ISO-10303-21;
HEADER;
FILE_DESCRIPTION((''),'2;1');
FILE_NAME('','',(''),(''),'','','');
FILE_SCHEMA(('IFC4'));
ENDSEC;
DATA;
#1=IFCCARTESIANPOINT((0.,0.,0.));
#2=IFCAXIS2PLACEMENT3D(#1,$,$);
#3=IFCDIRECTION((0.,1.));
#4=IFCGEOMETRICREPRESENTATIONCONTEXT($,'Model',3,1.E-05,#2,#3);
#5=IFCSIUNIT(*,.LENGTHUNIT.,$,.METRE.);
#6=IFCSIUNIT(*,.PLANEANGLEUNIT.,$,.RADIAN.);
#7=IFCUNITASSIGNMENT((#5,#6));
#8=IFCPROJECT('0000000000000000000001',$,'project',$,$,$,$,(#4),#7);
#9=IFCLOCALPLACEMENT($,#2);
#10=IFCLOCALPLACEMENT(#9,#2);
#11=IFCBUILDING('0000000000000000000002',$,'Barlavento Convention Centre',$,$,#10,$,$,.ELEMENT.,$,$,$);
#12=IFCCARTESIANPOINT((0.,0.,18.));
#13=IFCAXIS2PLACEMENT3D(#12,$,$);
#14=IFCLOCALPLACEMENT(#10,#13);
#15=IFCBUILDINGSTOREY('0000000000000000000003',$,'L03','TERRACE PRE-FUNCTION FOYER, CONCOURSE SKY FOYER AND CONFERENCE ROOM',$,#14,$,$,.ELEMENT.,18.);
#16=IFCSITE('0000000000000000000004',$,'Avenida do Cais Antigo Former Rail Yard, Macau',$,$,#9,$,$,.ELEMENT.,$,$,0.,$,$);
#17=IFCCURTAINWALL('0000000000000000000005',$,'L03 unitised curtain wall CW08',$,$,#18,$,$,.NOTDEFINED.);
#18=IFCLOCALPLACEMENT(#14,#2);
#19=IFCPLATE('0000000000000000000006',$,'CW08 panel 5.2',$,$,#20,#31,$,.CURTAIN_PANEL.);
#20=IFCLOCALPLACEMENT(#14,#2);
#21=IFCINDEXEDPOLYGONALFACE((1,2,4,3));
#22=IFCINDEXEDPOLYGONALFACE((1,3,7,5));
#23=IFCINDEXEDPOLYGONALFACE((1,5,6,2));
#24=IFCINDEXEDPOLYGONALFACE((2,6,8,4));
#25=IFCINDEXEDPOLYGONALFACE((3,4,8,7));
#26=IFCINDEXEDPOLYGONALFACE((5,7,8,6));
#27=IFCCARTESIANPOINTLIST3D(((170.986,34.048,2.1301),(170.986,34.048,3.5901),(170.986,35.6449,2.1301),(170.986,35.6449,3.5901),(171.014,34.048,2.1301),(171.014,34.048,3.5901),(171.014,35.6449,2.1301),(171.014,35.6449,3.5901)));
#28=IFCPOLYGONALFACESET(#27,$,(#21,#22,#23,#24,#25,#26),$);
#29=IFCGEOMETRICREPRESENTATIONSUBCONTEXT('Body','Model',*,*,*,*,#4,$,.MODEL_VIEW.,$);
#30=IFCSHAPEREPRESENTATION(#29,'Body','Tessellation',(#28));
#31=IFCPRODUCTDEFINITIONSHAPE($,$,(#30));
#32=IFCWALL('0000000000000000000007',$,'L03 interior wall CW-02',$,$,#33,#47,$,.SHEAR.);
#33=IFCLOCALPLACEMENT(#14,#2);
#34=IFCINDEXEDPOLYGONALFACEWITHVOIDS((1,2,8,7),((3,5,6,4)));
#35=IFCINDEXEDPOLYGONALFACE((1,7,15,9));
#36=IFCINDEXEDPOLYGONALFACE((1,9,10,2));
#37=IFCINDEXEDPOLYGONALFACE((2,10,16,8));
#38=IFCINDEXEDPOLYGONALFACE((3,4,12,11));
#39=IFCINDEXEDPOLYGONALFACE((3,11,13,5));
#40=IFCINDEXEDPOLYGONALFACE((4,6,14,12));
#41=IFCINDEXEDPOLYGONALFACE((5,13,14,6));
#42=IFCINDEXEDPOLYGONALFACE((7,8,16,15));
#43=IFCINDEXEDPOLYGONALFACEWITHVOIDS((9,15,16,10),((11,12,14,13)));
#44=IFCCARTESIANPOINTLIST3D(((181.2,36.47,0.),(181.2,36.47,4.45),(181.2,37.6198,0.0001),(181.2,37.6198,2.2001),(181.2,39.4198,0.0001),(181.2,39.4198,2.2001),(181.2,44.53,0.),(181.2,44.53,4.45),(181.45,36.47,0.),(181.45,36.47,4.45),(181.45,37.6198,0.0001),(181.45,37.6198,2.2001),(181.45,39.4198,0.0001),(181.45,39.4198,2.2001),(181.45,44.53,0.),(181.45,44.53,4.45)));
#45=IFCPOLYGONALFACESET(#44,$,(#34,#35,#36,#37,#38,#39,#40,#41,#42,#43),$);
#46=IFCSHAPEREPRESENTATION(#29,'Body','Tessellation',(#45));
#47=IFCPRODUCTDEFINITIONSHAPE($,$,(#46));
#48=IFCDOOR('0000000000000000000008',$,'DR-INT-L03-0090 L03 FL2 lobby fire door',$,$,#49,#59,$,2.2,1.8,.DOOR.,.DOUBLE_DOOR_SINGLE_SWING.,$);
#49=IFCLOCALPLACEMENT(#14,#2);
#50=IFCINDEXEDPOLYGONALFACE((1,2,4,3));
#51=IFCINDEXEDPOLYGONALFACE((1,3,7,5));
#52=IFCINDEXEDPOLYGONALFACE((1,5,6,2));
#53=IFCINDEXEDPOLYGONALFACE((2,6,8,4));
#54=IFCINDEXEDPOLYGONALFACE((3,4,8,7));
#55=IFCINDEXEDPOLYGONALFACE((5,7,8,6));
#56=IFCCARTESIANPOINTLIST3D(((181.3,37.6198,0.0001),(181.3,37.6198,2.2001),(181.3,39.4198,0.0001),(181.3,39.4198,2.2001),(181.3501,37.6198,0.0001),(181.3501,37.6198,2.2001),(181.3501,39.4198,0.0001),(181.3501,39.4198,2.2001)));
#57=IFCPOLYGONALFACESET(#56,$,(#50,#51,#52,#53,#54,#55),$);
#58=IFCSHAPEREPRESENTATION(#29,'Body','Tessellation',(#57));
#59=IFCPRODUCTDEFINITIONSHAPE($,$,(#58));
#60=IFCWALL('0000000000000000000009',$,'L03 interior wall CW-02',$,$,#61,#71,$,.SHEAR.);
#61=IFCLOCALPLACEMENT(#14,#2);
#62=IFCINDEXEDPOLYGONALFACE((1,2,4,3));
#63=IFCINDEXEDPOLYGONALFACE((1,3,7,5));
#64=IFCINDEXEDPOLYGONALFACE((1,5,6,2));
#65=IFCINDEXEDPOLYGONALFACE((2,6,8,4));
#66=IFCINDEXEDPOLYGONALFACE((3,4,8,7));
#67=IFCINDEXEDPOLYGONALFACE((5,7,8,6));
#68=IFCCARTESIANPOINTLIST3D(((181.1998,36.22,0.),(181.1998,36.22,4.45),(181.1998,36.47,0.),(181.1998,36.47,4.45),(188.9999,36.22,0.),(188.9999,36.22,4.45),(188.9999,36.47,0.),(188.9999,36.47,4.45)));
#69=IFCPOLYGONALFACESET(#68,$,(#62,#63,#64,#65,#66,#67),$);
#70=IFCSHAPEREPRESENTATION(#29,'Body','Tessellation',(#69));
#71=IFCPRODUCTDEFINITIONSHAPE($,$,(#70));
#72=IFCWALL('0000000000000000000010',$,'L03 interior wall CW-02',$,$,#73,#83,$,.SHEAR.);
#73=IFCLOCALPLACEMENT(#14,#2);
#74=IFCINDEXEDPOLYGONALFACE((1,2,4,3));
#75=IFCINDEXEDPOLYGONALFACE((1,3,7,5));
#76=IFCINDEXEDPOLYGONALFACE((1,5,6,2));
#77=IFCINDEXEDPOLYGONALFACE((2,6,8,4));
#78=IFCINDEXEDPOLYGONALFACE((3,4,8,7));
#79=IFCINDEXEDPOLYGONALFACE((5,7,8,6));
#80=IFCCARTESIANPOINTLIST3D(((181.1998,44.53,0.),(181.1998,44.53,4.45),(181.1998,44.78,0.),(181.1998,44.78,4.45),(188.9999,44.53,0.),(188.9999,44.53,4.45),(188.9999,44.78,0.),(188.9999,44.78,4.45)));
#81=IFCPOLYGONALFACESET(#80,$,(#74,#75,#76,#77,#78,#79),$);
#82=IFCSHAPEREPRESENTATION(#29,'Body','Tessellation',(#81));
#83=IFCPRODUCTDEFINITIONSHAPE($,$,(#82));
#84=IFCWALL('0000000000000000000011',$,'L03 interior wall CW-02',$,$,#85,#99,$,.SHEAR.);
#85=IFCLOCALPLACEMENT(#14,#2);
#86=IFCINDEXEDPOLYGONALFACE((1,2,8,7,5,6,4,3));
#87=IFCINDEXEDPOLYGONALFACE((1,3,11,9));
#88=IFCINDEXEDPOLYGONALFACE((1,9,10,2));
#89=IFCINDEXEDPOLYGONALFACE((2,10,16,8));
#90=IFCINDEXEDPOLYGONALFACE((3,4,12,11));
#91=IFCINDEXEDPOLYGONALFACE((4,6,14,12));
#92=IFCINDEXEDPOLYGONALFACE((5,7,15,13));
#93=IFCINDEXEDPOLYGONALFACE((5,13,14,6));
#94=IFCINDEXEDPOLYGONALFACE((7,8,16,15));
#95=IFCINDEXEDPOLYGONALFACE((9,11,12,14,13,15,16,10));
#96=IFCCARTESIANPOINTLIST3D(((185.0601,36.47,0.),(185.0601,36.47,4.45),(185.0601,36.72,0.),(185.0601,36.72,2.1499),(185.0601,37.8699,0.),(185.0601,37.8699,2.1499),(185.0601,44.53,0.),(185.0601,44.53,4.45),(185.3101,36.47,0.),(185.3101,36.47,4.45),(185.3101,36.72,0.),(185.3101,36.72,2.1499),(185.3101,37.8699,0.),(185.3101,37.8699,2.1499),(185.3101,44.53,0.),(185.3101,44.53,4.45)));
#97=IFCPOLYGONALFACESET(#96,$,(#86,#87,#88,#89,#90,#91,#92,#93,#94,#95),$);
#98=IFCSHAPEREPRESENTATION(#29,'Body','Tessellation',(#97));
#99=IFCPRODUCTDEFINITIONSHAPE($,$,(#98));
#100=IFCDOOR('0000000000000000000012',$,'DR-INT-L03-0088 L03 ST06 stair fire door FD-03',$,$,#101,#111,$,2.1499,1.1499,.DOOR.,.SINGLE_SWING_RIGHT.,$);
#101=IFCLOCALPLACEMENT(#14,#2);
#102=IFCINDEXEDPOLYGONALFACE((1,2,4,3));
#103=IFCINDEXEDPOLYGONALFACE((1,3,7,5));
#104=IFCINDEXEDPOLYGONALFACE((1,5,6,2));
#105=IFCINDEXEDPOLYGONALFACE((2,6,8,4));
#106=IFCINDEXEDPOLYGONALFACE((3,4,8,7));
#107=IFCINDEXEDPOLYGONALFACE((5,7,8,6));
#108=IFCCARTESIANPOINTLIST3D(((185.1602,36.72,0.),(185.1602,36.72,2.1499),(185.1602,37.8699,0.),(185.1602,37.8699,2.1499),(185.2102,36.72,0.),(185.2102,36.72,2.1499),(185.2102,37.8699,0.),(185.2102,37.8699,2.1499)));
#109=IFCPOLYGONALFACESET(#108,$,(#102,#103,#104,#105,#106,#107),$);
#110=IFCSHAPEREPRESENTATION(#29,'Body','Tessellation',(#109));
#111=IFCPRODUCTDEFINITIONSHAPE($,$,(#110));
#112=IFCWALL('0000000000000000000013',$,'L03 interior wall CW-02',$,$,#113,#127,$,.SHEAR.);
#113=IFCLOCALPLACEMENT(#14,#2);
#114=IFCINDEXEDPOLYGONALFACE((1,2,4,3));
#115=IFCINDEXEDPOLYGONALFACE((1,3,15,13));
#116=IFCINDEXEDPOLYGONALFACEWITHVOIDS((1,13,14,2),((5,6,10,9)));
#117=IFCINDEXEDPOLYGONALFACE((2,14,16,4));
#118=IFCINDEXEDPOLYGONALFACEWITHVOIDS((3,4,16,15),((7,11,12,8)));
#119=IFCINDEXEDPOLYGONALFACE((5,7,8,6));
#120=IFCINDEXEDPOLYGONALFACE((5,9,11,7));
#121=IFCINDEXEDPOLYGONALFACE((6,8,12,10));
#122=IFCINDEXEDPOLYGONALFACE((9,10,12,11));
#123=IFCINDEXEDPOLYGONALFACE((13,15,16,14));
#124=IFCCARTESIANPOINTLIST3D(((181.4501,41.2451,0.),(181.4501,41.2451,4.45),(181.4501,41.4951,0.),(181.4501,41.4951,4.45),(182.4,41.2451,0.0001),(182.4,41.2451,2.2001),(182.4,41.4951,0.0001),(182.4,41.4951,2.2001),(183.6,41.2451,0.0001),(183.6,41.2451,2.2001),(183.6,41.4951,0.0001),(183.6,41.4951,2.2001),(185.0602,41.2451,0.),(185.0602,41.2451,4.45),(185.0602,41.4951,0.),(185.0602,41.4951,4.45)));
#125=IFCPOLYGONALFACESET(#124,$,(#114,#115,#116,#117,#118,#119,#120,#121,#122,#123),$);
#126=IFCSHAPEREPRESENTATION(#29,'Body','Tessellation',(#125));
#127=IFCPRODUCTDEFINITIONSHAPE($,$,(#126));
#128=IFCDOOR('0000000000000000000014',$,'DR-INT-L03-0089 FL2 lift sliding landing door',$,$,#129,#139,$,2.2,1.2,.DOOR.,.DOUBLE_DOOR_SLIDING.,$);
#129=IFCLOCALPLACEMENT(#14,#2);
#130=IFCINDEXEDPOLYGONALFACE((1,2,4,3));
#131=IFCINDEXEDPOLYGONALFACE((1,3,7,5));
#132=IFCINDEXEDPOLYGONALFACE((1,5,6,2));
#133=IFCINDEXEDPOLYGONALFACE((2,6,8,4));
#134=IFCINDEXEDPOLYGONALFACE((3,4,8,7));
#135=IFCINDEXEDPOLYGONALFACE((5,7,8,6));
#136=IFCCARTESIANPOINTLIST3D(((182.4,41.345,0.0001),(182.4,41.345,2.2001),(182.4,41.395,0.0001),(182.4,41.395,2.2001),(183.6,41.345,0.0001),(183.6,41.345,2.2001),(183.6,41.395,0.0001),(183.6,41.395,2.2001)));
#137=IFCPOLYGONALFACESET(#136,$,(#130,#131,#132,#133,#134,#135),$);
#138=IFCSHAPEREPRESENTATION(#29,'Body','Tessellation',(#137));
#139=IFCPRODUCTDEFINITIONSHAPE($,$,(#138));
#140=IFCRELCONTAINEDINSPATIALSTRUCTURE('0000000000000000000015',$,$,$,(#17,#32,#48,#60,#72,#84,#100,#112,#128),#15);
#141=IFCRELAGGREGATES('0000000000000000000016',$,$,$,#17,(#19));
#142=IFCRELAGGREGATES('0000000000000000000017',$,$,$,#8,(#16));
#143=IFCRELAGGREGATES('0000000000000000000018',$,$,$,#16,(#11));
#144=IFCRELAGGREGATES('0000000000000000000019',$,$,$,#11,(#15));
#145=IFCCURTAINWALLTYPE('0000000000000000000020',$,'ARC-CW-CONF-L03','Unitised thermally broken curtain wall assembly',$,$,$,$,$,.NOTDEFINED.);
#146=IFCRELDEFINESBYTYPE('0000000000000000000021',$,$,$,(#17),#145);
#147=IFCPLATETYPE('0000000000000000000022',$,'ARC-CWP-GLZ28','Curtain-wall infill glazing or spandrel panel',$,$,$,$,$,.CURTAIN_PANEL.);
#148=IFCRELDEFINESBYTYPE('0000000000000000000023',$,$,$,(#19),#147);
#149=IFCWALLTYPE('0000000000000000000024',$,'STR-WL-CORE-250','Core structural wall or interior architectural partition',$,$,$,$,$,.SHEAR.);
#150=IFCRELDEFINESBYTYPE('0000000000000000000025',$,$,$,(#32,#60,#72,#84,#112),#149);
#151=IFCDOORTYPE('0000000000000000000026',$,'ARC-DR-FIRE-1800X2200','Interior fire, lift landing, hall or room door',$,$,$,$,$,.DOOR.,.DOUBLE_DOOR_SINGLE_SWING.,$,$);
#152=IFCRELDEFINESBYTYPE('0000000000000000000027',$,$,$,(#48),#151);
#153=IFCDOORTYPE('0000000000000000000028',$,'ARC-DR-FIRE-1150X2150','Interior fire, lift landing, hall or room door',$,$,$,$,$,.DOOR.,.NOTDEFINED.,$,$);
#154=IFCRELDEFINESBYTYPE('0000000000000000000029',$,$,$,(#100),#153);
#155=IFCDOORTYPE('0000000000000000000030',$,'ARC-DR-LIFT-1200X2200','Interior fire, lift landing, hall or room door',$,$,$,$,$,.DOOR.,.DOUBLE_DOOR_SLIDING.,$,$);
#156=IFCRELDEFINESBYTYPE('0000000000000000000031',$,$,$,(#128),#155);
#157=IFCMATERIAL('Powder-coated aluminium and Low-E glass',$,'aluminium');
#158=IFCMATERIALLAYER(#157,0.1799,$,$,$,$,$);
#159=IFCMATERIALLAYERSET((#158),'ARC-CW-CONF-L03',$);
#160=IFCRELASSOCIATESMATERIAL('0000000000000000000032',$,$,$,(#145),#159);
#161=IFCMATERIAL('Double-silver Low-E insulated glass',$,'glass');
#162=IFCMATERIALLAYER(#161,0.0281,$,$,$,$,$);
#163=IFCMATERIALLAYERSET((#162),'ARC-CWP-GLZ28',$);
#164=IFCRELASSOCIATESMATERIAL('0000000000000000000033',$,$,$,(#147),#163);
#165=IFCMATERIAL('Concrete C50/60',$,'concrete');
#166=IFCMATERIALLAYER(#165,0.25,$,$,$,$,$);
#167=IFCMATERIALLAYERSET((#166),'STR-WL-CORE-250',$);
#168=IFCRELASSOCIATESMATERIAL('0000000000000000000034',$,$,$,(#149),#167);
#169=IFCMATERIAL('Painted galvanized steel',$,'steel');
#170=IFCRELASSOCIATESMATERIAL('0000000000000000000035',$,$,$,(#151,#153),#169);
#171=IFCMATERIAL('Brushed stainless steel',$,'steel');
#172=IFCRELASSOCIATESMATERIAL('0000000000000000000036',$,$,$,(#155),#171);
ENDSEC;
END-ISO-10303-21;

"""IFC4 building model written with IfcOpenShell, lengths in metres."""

from ifc_helpers import new_model, si_unit, direction, frame, frame_2d, origin, origin_2d, place, context, subcontext, project, spatial, rectangle, extrude, material, layer, layer_set, type_object, element, fill, aggregate, save


model = new_model("IFC4")

# Units and contexts
model_context = context("Model", 3, precision=1e-05, world=origin(), true_north=direction((0.0, 1.0)))
body_context = subcontext(model_context, "Body", "Model", "MODEL_VIEW")
ifc_project = project(units=[si_unit("LENGTHUNIT", "METRE"), si_unit("PLANEANGLEUNIT", "RADIAN")], contexts=[model_context])

# Site, building, storey
site_placement = place(None, origin())
site = spatial("IfcSite", under=ifc_project, at=site_placement, Name="Avenida do Cais Antigo Former Rail Yard, Macau", CompositionType="ELEMENT", RefElevation=0.0)
building_placement = place(site_placement, origin())
building = spatial("IfcBuilding", under=site, at=building_placement, Name="Barlavento Convention Centre", CompositionType="ELEMENT")
storey_placement = place(building_placement, frame((0.0, 0.0, 18.0)))
storey = spatial("IfcBuildingStorey", under=building, at=storey_placement, Name="L03", Description="TERRACE PRE-FUNCTION FOYER, CONCOURSE SKY FOYER AND CONFERENCE ROOM", CompositionType="ELEMENT", Elevation=18.0)

# Curtain wall
ifc_material_1 = material(Name="Powder-coated aluminium and Low-E glass", Category="aluminium")
ifc_layer_1 = layer(ifc_material_1, 0.1799)
ifc_layer_set_1 = layer_set([ifc_layer_1], Name="ARC-CW-CONF-L03")
curtain_wall_type = type_object("IfcCurtainWallType", Name="ARC-CW-CONF-L03", Description="Unitised thermally broken curtain wall assembly", PredefinedType="NOTDEFINED", material=ifc_layer_set_1)
curtain_wall_placement = place(storey_placement, origin())
curtain_wall = element("IfcCurtainWall", 1, at=curtain_wall_placement, inside=storey, type_object=curtain_wall_type, Name="L03 unitised curtain wall CW08", PredefinedType="NOTDEFINED")

# Plate
ifc_material_2 = material(Name="Double-silver Low-E insulated glass", Category="glass")
ifc_layer_2 = layer(ifc_material_2, 0.0281)
ifc_layer_set_2 = layer_set([ifc_layer_2], Name="ARC-CWP-GLZ28")
plate_type = type_object("IfcPlateType", Name="ARC-CWP-GLZ28", Description="Curtain-wall infill glazing or spandrel panel", PredefinedType="CURTAIN_PANEL", material=ifc_layer_set_2)
plate_1_placement = place(storey_placement, frame((171.0, 34.8464, 2.1301), z_axis=(0.0, 0.0, 1.0), x_axis=(0.0, 1.0, 0.0)))
plate_1 = element("IfcPlate", 2, at=plate_1_placement, type_object=plate_type, Name="CW08 panel 5.2", PredefinedType="CURTAIN_PANEL", context=body_context, shape_type="SweptSolid", body=[
    extrude(rectangle(XDim=1.5969, YDim=0.0281, at=origin_2d()), origin(), (0.0, 0.0, 1.0), 1.46),
])
aggregate(curtain_wall, [plate_1])

# Wall, opening, door
ifc_material_3 = material(Name="Concrete C50/60", Category="concrete")
ifc_layer_3 = layer(ifc_material_3, 0.25)
ifc_layer_set_3 = layer_set([ifc_layer_3], Name="STR-WL-CORE-250")
wall_type = type_object("IfcWallType", Name="STR-WL-CORE-250", Description="Core structural wall or interior architectural partition", PredefinedType="SHEAR", material=ifc_layer_set_3)
wall_1_placement = place(storey_placement, frame((181.325, 36.47, 0.0), z_axis=(0.0, 0.0, 1.0), x_axis=(0.0, 1.0, 0.0)))
wall_1 = element("IfcWall", 3, at=wall_1_placement, inside=storey, type_object=wall_type, Name="L03 interior wall CW-02", PredefinedType="SHEAR", context=body_context, shape_type="SweptSolid", body=[
    extrude(rectangle(XDim=8.0601, YDim=0.25, at=frame_2d((4.03, 0.0))), origin(), (0.0, 0.0, 1.0), 4.45),
])
opening_1_placement = place(wall_1_placement, frame((1.1499, 0.0, 0.0)))
opening_1 = element("IfcOpeningElement", 4, at=opening_1_placement, cuts=wall_1, PredefinedType="OPENING", context=body_context, shape_type="SweptSolid", body=[
    extrude(rectangle(XDim=1.8, YDim=2.2, at=frame_2d((0.8999, 1.1001))), frame((0.0, 0.135, 0.0), z_axis=(0.0, -1.0, 0.0), x_axis=(1.0, 0.0, 0.0)), (0.0, 0.0, 1.0), 0.27),
])
ifc_material_4 = material(Name="Painted galvanized steel", Category="steel")
door_type_1 = type_object("IfcDoorType", Name="ARC-DR-FIRE-1800X2200", Description="Interior fire, lift landing, hall or room door", OperationType="DOUBLE_DOOR_SINGLE_SWING", PredefinedType="DOOR", material=ifc_material_4)
door_1_placement = place(opening_1_placement, origin())
door_1 = element("IfcDoor", 5, at=door_1_placement, inside=storey, type_object=door_type_1, Name="DR-INT-L03-0090 L03 FL2 lobby fire door", OperationType="DOUBLE_DOOR_SINGLE_SWING", OverallHeight=2.2, OverallWidth=1.8, PredefinedType="DOOR", context=body_context, shape_type="SweptSolid", body=[
    extrude(rectangle(XDim=1.8, YDim=2.2, at=frame_2d((0.8999, 1.1001))), frame((0.0, 0.0249, 0.0), z_axis=(0.0, -1.0, 0.0), x_axis=(1.0, 0.0, 0.0)), (0.0, 0.0, 1.0), 0.05),
])
fill(opening_1, door_1)

# Walls
for number, where, z_axis, x_axis, name in (
    (6, (181.2, 36.345, 0.0), (0.0, 0.0, 1.0), (1.0, 0.0, 0.0), "L03 interior wall CW-02"),
    (7, (181.2, 44.655, 0.0), (0.0, 0.0, 1.0), (1.0, 0.0, 0.0), "L03 interior wall CW-02"),
):
    element("IfcWall", number, at=place(storey_placement, frame(where, z_axis=z_axis, x_axis=x_axis)), inside=storey, type_object=wall_type, Name=name, PredefinedType="SHEAR", context=body_context, shape_type="SweptSolid", body=[
        extrude(rectangle(XDim=7.8, YDim=0.25, at=frame_2d((3.8999, 0.0))), origin(), (0.0, 0.0, 1.0), 4.45),
    ])

# Walls, openings, doors
wall_2_placement = place(storey_placement, frame((185.1851, 36.47, 0.0), z_axis=(0.0, 0.0, 1.0), x_axis=(0.0, 1.0, 0.0)))
wall_2 = element("IfcWall", 8, at=wall_2_placement, inside=storey, type_object=wall_type, Name="L03 interior wall CW-02", PredefinedType="SHEAR", context=body_context, shape_type="SweptSolid", body=[
    extrude(rectangle(XDim=8.0601, YDim=0.25, at=frame_2d((4.03, 0.0))), origin(), (0.0, 0.0, 1.0), 4.45),
])
opening_2_placement = place(wall_2_placement, frame((0.25, 0.0, 0.0)))
opening_2 = element("IfcOpeningElement", 9, at=opening_2_placement, cuts=wall_2, PredefinedType="OPENING", context=body_context, shape_type="SweptSolid", body=[
    extrude(rectangle(XDim=1.1499, YDim=2.1499, at=frame_2d((0.575, 1.075))), frame((0.0, 0.135, 0.0), z_axis=(0.0, -1.0, 0.0), x_axis=(1.0, 0.0, 0.0)), (0.0, 0.0, 1.0), 0.27),
])
door_type_2 = type_object("IfcDoorType", Name="ARC-DR-FIRE-1150X2150", Description="Interior fire, lift landing, hall or room door", OperationType="NOTDEFINED", PredefinedType="DOOR", material=ifc_material_4)
door_2_placement = place(opening_2_placement, origin())
door_2 = element("IfcDoor", 10, at=door_2_placement, inside=storey, type_object=door_type_2, Name="DR-INT-L03-0088 L03 ST06 stair fire door FD-03", OperationType="SINGLE_SWING_RIGHT", OverallHeight=2.1499, OverallWidth=1.1499, PredefinedType="DOOR", context=body_context, shape_type="SweptSolid", body=[
    extrude(rectangle(XDim=1.1499, YDim=2.1499, at=frame_2d((0.575, 1.075))), frame((0.0, 0.0249, 0.0), z_axis=(0.0, -1.0, 0.0), x_axis=(1.0, 0.0, 0.0)), (0.0, 0.0, 1.0), 0.05),
])
fill(opening_2, door_2)
wall_3_placement = place(storey_placement, frame((181.45, 41.3701, 0.0), z_axis=(0.0, 0.0, 1.0), x_axis=(1.0, 0.0, 0.0)))
wall_3 = element("IfcWall", 11, at=wall_3_placement, inside=storey, type_object=wall_type, Name="L03 interior wall CW-02", PredefinedType="SHEAR", context=body_context, shape_type="SweptSolid", body=[
    extrude(rectangle(XDim=3.6101, YDim=0.25, at=frame_2d((1.8052, 0.0))), origin(), (0.0, 0.0, 1.0), 4.45),
])
opening_3_placement = place(wall_3_placement, frame((0.95, 0.0, 0.0)))
opening_3 = element("IfcOpeningElement", 12, at=opening_3_placement, cuts=wall_3, PredefinedType="OPENING", context=body_context, shape_type="SweptSolid", body=[
    extrude(rectangle(XDim=1.2, YDim=2.2, at=frame_2d((0.6001, 1.1001))), frame((0.0, 0.135, 0.0), z_axis=(0.0, -1.0, 0.0), x_axis=(1.0, 0.0, 0.0)), (0.0, 0.0, 1.0), 0.27),
])
ifc_material_5 = material(Name="Brushed stainless steel", Category="steel")
door_type_3 = type_object("IfcDoorType", Name="ARC-DR-LIFT-1200X2200", Description="Interior fire, lift landing, hall or room door", OperationType="DOUBLE_DOOR_SLIDING", PredefinedType="DOOR", material=ifc_material_5)
door_3_placement = place(opening_3_placement, origin())
door_3 = element("IfcDoor", 13, at=door_3_placement, inside=storey, type_object=door_type_3, Name="DR-INT-L03-0089 FL2 lift sliding landing door", OperationType="DOUBLE_DOOR_SLIDING", OverallHeight=2.2, OverallWidth=1.2, PredefinedType="DOOR", context=body_context, shape_type="SweptSolid", body=[
    extrude(rectangle(XDim=1.2, YDim=2.2, at=frame_2d((0.6001, 1.1001))), frame((0.0, 0.0249, 0.0), z_axis=(0.0, -1.0, 0.0), x_axis=(1.0, 0.0, 0.0)), (0.0, 0.0, 1.0), 0.05),
])
fill(opening_3, door_3)

save(model, "model.ifc")
